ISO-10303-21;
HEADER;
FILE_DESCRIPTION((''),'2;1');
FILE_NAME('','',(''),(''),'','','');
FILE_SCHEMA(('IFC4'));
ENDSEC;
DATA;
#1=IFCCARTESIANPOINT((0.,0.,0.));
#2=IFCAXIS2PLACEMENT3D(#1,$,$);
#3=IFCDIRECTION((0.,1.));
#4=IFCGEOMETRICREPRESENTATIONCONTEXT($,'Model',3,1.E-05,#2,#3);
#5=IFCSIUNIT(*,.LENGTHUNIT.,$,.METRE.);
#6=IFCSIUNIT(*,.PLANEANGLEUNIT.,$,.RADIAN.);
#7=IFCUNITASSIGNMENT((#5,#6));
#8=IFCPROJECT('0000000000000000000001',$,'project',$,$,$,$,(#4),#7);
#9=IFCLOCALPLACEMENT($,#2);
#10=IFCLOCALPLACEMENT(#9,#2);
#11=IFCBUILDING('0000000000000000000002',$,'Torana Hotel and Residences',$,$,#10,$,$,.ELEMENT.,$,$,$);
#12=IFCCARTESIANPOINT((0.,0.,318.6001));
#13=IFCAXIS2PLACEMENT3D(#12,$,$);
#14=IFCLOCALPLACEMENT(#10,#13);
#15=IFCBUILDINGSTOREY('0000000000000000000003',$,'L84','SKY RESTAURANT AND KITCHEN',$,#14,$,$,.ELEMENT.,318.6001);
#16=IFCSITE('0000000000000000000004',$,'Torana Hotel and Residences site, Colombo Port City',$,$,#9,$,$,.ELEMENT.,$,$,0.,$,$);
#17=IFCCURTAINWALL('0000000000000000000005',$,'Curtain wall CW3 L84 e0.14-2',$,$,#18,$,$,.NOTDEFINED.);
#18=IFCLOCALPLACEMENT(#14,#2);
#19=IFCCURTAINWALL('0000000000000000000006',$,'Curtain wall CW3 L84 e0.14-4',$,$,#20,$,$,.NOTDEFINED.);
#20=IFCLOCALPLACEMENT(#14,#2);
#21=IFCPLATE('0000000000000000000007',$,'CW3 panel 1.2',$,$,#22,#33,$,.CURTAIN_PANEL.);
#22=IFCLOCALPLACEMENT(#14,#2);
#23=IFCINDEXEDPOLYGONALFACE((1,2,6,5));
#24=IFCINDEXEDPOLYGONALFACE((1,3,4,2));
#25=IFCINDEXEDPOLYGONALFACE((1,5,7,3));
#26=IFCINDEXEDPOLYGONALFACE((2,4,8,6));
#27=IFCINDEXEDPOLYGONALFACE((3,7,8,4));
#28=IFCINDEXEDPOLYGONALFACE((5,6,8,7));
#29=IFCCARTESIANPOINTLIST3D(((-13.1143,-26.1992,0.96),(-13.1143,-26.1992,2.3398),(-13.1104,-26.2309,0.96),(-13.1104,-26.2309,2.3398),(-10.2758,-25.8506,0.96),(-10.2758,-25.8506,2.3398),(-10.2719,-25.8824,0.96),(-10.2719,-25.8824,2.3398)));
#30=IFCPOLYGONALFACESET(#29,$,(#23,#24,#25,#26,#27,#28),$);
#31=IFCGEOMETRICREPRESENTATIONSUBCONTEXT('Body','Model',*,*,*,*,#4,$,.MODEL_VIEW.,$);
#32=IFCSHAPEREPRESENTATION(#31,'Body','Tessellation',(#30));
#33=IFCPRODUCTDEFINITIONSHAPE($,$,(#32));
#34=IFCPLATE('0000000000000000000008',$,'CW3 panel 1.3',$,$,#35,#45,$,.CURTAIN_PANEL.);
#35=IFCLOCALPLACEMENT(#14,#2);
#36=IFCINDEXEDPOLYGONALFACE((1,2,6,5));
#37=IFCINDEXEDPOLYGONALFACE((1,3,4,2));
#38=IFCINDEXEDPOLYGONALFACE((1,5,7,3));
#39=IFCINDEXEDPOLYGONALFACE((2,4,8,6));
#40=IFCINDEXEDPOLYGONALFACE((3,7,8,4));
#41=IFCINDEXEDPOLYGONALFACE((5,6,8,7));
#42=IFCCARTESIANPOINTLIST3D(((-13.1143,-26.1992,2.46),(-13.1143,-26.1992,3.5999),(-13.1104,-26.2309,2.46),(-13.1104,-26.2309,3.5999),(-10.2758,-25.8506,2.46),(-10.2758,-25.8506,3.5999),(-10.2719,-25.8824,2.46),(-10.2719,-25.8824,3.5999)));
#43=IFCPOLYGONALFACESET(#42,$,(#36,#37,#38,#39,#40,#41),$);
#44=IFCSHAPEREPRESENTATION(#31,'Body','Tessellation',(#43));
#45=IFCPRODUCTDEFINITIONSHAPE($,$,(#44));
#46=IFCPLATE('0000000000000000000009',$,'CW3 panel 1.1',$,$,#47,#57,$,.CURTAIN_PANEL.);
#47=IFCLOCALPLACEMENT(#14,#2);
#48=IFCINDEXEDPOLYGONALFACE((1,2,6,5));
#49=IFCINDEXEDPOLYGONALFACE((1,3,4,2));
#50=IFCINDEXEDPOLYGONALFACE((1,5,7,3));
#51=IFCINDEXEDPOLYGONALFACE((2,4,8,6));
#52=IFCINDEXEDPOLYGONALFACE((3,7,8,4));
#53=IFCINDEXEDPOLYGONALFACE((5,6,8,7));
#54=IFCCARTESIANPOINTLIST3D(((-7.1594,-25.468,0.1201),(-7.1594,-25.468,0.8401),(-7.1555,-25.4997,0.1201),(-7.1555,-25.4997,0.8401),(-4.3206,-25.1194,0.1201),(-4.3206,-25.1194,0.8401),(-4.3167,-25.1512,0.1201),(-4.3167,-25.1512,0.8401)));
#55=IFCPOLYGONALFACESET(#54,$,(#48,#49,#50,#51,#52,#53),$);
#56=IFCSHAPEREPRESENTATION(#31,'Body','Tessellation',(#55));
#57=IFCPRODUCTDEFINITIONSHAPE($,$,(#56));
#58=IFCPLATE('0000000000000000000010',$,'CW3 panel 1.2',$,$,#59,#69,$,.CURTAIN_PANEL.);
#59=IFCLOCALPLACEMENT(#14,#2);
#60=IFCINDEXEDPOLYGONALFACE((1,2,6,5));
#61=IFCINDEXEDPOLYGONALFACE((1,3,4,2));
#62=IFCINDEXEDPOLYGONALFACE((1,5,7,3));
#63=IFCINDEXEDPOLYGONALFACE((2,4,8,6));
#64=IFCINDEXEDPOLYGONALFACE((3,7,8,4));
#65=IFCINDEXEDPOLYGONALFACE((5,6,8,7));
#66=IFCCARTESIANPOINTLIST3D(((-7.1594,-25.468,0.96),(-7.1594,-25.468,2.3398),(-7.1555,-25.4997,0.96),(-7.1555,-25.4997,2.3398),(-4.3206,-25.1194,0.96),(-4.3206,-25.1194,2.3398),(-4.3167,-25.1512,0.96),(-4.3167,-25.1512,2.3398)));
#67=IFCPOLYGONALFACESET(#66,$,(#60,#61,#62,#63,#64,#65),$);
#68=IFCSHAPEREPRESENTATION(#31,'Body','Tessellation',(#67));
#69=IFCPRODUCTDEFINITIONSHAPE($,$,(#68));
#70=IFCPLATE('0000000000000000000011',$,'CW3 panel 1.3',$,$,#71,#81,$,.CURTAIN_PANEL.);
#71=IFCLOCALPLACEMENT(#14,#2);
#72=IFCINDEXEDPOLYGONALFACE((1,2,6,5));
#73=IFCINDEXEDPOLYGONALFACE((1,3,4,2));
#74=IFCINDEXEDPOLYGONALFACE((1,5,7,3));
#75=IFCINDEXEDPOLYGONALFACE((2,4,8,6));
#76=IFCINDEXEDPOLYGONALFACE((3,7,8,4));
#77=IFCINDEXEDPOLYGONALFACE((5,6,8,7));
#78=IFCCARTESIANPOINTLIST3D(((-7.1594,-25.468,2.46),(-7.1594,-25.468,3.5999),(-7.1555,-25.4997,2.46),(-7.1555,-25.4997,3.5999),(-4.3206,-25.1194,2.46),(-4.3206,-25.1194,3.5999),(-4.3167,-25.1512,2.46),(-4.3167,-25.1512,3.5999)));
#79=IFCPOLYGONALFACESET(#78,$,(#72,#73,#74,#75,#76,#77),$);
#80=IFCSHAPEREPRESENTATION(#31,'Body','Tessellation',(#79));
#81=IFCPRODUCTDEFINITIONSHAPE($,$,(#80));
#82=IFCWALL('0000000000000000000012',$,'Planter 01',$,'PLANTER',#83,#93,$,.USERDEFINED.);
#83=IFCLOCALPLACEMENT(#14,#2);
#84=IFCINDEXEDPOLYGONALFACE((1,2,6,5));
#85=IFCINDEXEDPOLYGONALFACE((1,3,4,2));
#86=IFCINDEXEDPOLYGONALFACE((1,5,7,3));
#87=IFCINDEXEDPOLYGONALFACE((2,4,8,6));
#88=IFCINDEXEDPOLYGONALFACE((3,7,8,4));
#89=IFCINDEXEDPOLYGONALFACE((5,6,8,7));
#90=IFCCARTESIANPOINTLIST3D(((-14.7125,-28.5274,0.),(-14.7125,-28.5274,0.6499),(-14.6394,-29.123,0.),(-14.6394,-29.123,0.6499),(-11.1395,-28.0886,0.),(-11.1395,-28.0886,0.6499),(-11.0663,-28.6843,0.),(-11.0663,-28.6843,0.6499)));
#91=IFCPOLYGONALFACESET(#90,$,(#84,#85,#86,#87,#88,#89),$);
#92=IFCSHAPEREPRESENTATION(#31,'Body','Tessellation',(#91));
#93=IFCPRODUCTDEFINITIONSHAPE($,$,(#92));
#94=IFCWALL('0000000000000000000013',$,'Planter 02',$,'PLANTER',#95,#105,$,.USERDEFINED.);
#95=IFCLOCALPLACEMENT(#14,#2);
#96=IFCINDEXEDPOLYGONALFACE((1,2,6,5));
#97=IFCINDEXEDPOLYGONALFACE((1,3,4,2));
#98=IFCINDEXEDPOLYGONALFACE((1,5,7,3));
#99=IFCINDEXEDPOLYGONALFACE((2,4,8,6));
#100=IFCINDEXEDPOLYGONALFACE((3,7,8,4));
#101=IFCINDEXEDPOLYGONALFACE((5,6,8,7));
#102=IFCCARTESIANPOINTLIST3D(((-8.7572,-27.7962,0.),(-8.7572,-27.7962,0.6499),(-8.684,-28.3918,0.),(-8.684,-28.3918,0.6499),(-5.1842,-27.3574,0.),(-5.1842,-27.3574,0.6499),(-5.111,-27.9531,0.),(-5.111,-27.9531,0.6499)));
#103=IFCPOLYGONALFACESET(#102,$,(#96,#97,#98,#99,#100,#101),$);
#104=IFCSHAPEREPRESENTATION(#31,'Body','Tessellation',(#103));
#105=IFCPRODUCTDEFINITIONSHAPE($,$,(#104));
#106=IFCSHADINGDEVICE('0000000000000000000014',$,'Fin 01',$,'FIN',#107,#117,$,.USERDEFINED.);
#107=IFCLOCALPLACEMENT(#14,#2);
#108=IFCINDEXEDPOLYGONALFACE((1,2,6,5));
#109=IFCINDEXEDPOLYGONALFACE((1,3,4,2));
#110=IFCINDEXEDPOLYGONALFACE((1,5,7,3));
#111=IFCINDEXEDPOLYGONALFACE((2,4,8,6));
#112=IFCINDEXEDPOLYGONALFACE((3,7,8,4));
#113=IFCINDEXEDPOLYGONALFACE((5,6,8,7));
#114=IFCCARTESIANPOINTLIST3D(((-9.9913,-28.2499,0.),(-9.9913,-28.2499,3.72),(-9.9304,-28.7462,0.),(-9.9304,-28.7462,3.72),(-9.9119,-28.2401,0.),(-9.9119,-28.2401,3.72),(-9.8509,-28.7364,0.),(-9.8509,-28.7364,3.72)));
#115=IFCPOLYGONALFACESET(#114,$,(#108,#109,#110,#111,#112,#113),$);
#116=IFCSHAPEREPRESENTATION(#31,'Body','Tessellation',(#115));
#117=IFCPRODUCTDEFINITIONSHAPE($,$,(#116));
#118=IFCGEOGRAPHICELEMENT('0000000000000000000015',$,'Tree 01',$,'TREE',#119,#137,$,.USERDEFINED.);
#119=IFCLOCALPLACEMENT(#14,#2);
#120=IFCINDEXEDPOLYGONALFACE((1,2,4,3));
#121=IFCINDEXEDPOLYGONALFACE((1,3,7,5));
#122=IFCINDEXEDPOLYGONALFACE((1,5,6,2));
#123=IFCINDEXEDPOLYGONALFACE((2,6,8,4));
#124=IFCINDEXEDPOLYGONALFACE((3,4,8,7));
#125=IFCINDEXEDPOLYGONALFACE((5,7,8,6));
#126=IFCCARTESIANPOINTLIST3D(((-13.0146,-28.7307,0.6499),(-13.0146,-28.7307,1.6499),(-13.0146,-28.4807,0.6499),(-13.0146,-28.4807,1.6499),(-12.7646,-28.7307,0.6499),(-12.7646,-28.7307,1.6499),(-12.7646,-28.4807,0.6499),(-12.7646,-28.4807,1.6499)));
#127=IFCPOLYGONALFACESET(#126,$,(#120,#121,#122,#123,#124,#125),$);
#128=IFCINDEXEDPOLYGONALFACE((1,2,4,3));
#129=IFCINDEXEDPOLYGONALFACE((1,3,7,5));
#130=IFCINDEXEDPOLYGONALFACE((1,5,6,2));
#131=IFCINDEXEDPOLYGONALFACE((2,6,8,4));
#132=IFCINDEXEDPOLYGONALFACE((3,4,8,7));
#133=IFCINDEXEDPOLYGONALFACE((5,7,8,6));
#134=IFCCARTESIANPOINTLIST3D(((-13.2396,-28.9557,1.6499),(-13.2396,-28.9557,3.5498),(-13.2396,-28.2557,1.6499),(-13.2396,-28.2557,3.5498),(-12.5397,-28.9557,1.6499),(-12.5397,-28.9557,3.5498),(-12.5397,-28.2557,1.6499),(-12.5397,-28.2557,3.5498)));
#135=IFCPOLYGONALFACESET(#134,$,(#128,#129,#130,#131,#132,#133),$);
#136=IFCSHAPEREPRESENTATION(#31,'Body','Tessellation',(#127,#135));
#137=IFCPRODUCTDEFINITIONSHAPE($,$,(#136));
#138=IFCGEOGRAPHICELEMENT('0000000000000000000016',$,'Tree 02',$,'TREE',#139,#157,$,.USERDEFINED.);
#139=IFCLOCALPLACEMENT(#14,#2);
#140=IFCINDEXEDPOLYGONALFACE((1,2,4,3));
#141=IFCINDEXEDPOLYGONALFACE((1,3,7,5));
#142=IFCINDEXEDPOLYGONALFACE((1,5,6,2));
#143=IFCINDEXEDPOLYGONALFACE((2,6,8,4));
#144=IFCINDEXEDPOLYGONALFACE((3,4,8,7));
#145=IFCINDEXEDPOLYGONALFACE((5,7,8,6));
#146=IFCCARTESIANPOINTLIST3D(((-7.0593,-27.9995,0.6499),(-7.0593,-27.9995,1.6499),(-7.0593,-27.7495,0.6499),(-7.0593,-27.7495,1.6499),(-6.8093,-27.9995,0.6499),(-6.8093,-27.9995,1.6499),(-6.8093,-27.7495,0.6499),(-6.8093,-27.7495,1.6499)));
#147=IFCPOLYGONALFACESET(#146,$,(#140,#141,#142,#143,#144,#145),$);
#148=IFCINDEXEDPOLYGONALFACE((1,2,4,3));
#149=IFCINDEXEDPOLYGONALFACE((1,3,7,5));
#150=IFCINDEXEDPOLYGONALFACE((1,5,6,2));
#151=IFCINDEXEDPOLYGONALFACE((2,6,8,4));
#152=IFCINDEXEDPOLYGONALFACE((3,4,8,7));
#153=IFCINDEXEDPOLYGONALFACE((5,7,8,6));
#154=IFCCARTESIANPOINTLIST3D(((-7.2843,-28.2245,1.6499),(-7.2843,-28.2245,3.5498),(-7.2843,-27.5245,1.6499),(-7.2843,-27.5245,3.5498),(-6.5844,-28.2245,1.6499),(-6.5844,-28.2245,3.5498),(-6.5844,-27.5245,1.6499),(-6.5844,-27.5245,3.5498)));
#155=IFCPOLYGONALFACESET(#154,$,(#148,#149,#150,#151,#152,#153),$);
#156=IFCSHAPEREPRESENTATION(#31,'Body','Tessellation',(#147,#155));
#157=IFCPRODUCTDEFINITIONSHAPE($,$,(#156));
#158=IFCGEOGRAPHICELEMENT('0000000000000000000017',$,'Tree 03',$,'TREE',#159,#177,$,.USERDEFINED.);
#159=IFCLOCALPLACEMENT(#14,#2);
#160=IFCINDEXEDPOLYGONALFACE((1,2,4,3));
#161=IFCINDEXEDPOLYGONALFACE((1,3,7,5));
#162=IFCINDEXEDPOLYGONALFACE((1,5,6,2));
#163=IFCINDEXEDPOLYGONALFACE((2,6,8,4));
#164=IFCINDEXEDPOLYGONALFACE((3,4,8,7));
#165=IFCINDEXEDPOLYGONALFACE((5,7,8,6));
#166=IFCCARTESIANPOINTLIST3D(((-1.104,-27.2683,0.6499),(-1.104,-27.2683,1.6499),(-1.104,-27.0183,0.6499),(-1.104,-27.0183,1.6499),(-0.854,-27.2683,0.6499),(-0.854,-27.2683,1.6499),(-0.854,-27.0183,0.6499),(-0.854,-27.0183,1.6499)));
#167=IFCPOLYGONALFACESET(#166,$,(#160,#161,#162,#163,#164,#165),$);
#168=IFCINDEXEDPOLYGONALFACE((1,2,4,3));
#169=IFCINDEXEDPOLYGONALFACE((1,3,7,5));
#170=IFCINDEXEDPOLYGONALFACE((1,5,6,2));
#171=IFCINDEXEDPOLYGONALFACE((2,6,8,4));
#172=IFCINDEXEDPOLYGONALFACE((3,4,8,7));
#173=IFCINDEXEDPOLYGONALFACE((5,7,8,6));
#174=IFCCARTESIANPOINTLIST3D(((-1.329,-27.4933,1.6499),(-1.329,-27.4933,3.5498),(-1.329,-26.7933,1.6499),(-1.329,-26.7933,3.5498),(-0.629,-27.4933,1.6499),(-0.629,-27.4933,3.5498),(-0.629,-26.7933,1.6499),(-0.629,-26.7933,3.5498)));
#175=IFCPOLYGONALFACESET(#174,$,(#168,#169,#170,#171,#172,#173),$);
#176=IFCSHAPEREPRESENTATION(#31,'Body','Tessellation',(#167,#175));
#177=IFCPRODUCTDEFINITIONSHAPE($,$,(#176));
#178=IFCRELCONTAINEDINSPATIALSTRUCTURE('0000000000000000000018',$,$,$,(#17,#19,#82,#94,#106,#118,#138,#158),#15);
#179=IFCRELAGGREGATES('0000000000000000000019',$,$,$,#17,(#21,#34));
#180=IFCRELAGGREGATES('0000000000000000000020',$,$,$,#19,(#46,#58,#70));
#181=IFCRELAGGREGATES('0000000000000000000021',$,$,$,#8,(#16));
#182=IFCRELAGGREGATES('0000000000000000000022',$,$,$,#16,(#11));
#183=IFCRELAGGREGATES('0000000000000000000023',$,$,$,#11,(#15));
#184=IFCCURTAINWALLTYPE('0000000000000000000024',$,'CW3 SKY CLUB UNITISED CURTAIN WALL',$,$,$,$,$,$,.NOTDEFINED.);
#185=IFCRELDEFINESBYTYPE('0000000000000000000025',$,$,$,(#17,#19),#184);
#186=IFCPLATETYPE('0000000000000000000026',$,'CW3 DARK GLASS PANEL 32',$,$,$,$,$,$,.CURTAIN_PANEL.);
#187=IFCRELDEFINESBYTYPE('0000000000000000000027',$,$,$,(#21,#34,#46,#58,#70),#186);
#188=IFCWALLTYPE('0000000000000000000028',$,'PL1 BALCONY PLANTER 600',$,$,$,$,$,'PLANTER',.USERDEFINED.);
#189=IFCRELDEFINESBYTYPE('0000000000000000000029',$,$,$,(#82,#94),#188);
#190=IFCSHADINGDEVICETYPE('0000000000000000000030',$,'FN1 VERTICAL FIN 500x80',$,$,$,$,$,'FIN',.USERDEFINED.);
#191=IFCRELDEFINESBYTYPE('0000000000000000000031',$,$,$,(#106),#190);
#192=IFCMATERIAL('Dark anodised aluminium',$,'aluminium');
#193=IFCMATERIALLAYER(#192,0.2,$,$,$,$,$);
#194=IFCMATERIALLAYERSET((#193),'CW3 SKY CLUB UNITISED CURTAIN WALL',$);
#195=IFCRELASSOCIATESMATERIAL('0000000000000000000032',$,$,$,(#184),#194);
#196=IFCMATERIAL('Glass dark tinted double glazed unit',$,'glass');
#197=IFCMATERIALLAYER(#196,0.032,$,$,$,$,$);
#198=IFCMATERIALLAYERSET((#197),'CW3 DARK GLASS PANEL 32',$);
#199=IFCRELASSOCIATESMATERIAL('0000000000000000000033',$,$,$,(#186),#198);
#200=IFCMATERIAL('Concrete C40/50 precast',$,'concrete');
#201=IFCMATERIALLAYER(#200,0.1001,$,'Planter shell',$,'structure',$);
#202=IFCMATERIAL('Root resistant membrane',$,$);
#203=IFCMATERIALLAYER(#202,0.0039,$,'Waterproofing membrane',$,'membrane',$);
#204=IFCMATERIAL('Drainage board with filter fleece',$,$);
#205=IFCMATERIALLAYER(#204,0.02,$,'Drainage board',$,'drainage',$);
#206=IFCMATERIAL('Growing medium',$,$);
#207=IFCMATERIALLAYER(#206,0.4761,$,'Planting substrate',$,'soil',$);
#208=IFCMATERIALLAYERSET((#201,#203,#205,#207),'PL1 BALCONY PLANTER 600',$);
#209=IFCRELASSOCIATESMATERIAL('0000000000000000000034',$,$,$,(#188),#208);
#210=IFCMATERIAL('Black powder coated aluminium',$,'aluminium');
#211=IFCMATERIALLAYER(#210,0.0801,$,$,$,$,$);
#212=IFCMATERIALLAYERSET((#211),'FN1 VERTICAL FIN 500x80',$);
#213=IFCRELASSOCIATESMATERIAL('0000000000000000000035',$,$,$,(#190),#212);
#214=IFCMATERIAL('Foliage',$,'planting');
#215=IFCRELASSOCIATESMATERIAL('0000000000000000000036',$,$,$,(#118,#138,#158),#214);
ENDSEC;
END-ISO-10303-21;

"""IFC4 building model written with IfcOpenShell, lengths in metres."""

from ifc_helpers import new_model, si_unit, direction, frame, frame_2d, origin, origin_2d, place, context, subcontext, project, spatial, rectangle, extrude, material, layer, layer_set, type_object, element, aggregate, save


model = new_model("IFC4")

# Units and contexts
model_context = context("Model", 3, precision=1e-05, world=origin(), true_north=direction((0.0, 1.0)))
body_context = subcontext(model_context, "Body", "Model", "MODEL_VIEW")
ifc_project = project(units=[si_unit("LENGTHUNIT", "METRE"), si_unit("PLANEANGLEUNIT", "RADIAN")], contexts=[model_context])

# Site, building, storey
site_placement = place(None, origin())
site = spatial("IfcSite", under=ifc_project, at=site_placement, Name="Torana Hotel and Residences site, Colombo Port City", CompositionType="ELEMENT", RefElevation=0.0)
building_placement = place(site_placement, origin())
building = spatial("IfcBuilding", under=site, at=building_placement, Name="Torana Hotel and Residences", CompositionType="ELEMENT")
storey_placement = place(building_placement, frame((0.0, 0.0, 318.6001)))
storey = spatial("IfcBuildingStorey", under=building, at=storey_placement, Name="L84", Description="SKY RESTAURANT AND KITCHEN", CompositionType="ELEMENT", Elevation=318.6001)

# Curtain wall
ifc_material_1 = material(Name="Dark anodised aluminium", Category="aluminium")
ifc_layer_1 = layer(ifc_material_1, 0.2)
ifc_layer_set_1 = layer_set([ifc_layer_1], Name="CW3 SKY CLUB UNITISED CURTAIN WALL")
curtain_wall_type = type_object("IfcCurtainWallType", Name="CW3 SKY CLUB UNITISED CURTAIN WALL", PredefinedType="NOTDEFINED", material=ifc_layer_set_1)
curtain_wall_1_placement = place(storey_placement, origin())
curtain_wall_1 = element("IfcCurtainWall", 1, at=curtain_wall_1_placement, inside=storey, type_object=curtain_wall_type, Name="Curtain wall CW3 L84 e0.14-2", PredefinedType="NOTDEFINED")

# Curtain wall
curtain_wall_2_placement = place(storey_placement, origin())
curtain_wall_2 = element("IfcCurtainWall", 2, at=curtain_wall_2_placement, inside=storey, type_object=curtain_wall_type, Name="Curtain wall CW3 L84 e0.14-4", PredefinedType="NOTDEFINED")

# Plates
ifc_material_2 = material(Name="Glass dark tinted double glazed unit", Category="glass")
ifc_layer_2 = layer(ifc_material_2, 0.032)
ifc_layer_set_2 = layer_set([ifc_layer_2], Name="CW3 DARK GLASS PANEL 32")
plate_type = type_object("IfcPlateType", Name="CW3 DARK GLASS PANEL 32", PredefinedType="CURTAIN_PANEL", material=ifc_layer_set_2)
plate_1_placement = place(storey_placement, frame((-11.6931, -26.0408, 0.96), z_axis=(0.0, 0.0, 1.0), x_axis=(0.992546, 0.121868, 0.0)))
plate_1 = element("IfcPlate", 3, at=plate_1_placement, type_object=plate_type, Name="CW3 panel 1.2", PredefinedType="CURTAIN_PANEL", context=body_context, shape_type="SweptSolid", body=[
    extrude(rectangle(XDim=2.8599, YDim=0.032, at=origin_2d()), origin(), (0.0, 0.0, 1.0), 1.3799),
])
plate_2_placement = place(storey_placement, frame((-11.6931, -26.0408, 2.46), z_axis=(0.0, 0.0, 1.0), x_axis=(0.992546, 0.121868, 0.0)))
plate_2 = element("IfcPlate", 4, at=plate_2_placement, type_object=plate_type, Name="CW3 panel 1.3", PredefinedType="CURTAIN_PANEL", context=body_context, shape_type="SweptSolid", body=[
    extrude(rectangle(XDim=2.8599, YDim=0.032, at=origin_2d()), origin(), (0.0, 0.0, 1.0), 1.1399),
])
aggregate(curtain_wall_1, [plate_1, plate_2])
plate_3_placement = place(storey_placement, frame((-5.738, -25.3096, 0.1201), z_axis=(0.0, 0.0, 1.0), x_axis=(0.992547, 0.121864, 0.0)))
plate_3 = element("IfcPlate", 5, at=plate_3_placement, type_object=plate_type, Name="CW3 panel 1.1", PredefinedType="CURTAIN_PANEL", context=body_context, shape_type="SweptSolid", body=[
    extrude(rectangle(XDim=2.8601, YDim=0.032, at=origin_2d()), origin(), (0.0, 0.0, 1.0), 0.72),
])
plate_4_placement = place(storey_placement, frame((-5.738, -25.3096, 0.96), z_axis=(0.0, 0.0, 1.0), x_axis=(0.992547, 0.121864, 0.0)))
plate_4 = element("IfcPlate", 6, at=plate_4_placement, type_object=plate_type, Name="CW3 panel 1.2", PredefinedType="CURTAIN_PANEL", context=body_context, shape_type="SweptSolid", body=[
    extrude(rectangle(XDim=2.8601, YDim=0.032, at=origin_2d()), origin(), (0.0, 0.0, 1.0), 1.3799),
])
plate_5_placement = place(storey_placement, frame((-5.738, -25.3096, 2.46), z_axis=(0.0, 0.0, 1.0), x_axis=(0.992547, 0.121864, 0.0)))
plate_5 = element("IfcPlate", 7, at=plate_5_placement, type_object=plate_type, Name="CW3 panel 1.3", PredefinedType="CURTAIN_PANEL", context=body_context, shape_type="SweptSolid", body=[
    extrude(rectangle(XDim=2.8601, YDim=0.032, at=origin_2d()), origin(), (0.0, 0.0, 1.0), 1.1399),
])
aggregate(curtain_wall_2, [plate_3, plate_4, plate_5])

# Walls
ifc_material_3 = material(Name="Concrete C40/50 precast", Category="concrete")
ifc_layer_3 = layer(ifc_material_3, 0.1001, Name="Planter shell", Category="structure")
ifc_material_4 = material(Name="Root resistant membrane")
ifc_layer_4 = layer(ifc_material_4, 0.0039, Name="Waterproofing membrane", Category="membrane")
ifc_material_5 = material(Name="Drainage board with filter fleece")
ifc_layer_5 = layer(ifc_material_5, 0.02, Name="Drainage board", Category="drainage")
ifc_material_6 = material(Name="Growing medium")
ifc_layer_6 = layer(ifc_material_6, 0.4761, Name="Planting substrate", Category="soil")
ifc_layer_set_3 = layer_set([ifc_layer_3, ifc_layer_4, ifc_layer_5, ifc_layer_6], Name="PL1 BALCONY PLANTER 600")
wall_type_1 = type_object("IfcWallType", Name="PL1 BALCONY PLANTER 600", ElementType="PLANTER", PredefinedType="USERDEFINED", material=ifc_layer_set_3)
for number, where, z_axis, x_axis, name in (
    (8, (-11.103, -28.3865, 0.0), (0.0, 0.0, 1.0), (-0.992546, -0.121873, 0.0), "Planter 01"),
    (9, (-5.1477, -27.6553, 0.0), (0.0, 0.0, 1.0), (-0.992546, -0.121873, 0.0), "Planter 02"),
):
    element("IfcWall", number, at=place(storey_placement, frame(where, z_axis=z_axis, x_axis=x_axis)), inside=storey, type_object=wall_type_1, Name=name, ObjectType="PLANTER", PredefinedType="USERDEFINED", context=body_context, shape_type="SweptSolid", body=[
        extrude(rectangle(XDim=3.5999, YDim=0.6001, at=frame_2d((1.7998, 0.0))), origin(), (0.0, 0.0, 1.0), 0.6499),
    ])

# Shading device
ifc_material_7 = material(Name="Black powder coated aluminium", Category="aluminium")
ifc_layer_7 = layer(ifc_material_7, 0.0801)
ifc_layer_set_4 = layer_set([ifc_layer_7], Name="FN1 VERTICAL FIN 500x80")
shading_device_type = type_object("IfcShadingDeviceType", Name="FN1 VERTICAL FIN 500x80", ElementType="FIN", PredefinedType="USERDEFINED", material=ifc_layer_set_4)
shading_device_placement = place(storey_placement, frame((-9.9211, -28.4932, 0.0), z_axis=(0.0, 0.0, 1.0), x_axis=(-0.992547, -0.121866, 0.0)))
element("IfcShadingDevice", 10, at=shading_device_placement, inside=storey, type_object=shading_device_type, Name="Fin 01", ObjectType="FIN", PredefinedType="USERDEFINED", context=body_context, shape_type="SweptSolid", body=[
    extrude(rectangle(XDim=0.0801, YDim=0.5, at=origin_2d()), origin(), (0.0, 0.0, 1.0), 3.72),
])

# Geographic elements
ifc_material_8 = material(Name="Foliage", Category="planting")
for number, where, z_axis, x_axis, name in (
    (11, (-12.8896, -28.6057, 0.6499), (0.0, 0.0, 1.0), (1.0, 0.0, 0.0), "Tree 01"),
    (12, (-6.9343, -27.8745, 0.6499), (0.0, 0.0, 1.0), (1.0, 0.0, 0.0), "Tree 02"),
    (13, (-0.979, -27.1433, 0.6499), (0.0, 0.0, 1.0), (1.0, 0.0, 0.0), "Tree 03"),
):
    element("IfcGeographicElement", number, at=place(storey_placement, frame(where, z_axis=z_axis, x_axis=x_axis)), inside=storey, material=ifc_material_8, Name=name, ObjectType="TREE", PredefinedType="USERDEFINED", context=body_context, shape_type="SweptSolid", body=[
        extrude(rectangle(XDim=0.25, YDim=0.25, at=origin_2d()), origin(), (0.0, 0.0, 1.0), 1.0),
        extrude(rectangle(XDim=0.7, YDim=0.7, at=origin_2d()), frame((0.0, 0.0, 1.0)), (0.0, 0.0, 1.0), 1.8999),
    ])

save(model, "model.ifc")
